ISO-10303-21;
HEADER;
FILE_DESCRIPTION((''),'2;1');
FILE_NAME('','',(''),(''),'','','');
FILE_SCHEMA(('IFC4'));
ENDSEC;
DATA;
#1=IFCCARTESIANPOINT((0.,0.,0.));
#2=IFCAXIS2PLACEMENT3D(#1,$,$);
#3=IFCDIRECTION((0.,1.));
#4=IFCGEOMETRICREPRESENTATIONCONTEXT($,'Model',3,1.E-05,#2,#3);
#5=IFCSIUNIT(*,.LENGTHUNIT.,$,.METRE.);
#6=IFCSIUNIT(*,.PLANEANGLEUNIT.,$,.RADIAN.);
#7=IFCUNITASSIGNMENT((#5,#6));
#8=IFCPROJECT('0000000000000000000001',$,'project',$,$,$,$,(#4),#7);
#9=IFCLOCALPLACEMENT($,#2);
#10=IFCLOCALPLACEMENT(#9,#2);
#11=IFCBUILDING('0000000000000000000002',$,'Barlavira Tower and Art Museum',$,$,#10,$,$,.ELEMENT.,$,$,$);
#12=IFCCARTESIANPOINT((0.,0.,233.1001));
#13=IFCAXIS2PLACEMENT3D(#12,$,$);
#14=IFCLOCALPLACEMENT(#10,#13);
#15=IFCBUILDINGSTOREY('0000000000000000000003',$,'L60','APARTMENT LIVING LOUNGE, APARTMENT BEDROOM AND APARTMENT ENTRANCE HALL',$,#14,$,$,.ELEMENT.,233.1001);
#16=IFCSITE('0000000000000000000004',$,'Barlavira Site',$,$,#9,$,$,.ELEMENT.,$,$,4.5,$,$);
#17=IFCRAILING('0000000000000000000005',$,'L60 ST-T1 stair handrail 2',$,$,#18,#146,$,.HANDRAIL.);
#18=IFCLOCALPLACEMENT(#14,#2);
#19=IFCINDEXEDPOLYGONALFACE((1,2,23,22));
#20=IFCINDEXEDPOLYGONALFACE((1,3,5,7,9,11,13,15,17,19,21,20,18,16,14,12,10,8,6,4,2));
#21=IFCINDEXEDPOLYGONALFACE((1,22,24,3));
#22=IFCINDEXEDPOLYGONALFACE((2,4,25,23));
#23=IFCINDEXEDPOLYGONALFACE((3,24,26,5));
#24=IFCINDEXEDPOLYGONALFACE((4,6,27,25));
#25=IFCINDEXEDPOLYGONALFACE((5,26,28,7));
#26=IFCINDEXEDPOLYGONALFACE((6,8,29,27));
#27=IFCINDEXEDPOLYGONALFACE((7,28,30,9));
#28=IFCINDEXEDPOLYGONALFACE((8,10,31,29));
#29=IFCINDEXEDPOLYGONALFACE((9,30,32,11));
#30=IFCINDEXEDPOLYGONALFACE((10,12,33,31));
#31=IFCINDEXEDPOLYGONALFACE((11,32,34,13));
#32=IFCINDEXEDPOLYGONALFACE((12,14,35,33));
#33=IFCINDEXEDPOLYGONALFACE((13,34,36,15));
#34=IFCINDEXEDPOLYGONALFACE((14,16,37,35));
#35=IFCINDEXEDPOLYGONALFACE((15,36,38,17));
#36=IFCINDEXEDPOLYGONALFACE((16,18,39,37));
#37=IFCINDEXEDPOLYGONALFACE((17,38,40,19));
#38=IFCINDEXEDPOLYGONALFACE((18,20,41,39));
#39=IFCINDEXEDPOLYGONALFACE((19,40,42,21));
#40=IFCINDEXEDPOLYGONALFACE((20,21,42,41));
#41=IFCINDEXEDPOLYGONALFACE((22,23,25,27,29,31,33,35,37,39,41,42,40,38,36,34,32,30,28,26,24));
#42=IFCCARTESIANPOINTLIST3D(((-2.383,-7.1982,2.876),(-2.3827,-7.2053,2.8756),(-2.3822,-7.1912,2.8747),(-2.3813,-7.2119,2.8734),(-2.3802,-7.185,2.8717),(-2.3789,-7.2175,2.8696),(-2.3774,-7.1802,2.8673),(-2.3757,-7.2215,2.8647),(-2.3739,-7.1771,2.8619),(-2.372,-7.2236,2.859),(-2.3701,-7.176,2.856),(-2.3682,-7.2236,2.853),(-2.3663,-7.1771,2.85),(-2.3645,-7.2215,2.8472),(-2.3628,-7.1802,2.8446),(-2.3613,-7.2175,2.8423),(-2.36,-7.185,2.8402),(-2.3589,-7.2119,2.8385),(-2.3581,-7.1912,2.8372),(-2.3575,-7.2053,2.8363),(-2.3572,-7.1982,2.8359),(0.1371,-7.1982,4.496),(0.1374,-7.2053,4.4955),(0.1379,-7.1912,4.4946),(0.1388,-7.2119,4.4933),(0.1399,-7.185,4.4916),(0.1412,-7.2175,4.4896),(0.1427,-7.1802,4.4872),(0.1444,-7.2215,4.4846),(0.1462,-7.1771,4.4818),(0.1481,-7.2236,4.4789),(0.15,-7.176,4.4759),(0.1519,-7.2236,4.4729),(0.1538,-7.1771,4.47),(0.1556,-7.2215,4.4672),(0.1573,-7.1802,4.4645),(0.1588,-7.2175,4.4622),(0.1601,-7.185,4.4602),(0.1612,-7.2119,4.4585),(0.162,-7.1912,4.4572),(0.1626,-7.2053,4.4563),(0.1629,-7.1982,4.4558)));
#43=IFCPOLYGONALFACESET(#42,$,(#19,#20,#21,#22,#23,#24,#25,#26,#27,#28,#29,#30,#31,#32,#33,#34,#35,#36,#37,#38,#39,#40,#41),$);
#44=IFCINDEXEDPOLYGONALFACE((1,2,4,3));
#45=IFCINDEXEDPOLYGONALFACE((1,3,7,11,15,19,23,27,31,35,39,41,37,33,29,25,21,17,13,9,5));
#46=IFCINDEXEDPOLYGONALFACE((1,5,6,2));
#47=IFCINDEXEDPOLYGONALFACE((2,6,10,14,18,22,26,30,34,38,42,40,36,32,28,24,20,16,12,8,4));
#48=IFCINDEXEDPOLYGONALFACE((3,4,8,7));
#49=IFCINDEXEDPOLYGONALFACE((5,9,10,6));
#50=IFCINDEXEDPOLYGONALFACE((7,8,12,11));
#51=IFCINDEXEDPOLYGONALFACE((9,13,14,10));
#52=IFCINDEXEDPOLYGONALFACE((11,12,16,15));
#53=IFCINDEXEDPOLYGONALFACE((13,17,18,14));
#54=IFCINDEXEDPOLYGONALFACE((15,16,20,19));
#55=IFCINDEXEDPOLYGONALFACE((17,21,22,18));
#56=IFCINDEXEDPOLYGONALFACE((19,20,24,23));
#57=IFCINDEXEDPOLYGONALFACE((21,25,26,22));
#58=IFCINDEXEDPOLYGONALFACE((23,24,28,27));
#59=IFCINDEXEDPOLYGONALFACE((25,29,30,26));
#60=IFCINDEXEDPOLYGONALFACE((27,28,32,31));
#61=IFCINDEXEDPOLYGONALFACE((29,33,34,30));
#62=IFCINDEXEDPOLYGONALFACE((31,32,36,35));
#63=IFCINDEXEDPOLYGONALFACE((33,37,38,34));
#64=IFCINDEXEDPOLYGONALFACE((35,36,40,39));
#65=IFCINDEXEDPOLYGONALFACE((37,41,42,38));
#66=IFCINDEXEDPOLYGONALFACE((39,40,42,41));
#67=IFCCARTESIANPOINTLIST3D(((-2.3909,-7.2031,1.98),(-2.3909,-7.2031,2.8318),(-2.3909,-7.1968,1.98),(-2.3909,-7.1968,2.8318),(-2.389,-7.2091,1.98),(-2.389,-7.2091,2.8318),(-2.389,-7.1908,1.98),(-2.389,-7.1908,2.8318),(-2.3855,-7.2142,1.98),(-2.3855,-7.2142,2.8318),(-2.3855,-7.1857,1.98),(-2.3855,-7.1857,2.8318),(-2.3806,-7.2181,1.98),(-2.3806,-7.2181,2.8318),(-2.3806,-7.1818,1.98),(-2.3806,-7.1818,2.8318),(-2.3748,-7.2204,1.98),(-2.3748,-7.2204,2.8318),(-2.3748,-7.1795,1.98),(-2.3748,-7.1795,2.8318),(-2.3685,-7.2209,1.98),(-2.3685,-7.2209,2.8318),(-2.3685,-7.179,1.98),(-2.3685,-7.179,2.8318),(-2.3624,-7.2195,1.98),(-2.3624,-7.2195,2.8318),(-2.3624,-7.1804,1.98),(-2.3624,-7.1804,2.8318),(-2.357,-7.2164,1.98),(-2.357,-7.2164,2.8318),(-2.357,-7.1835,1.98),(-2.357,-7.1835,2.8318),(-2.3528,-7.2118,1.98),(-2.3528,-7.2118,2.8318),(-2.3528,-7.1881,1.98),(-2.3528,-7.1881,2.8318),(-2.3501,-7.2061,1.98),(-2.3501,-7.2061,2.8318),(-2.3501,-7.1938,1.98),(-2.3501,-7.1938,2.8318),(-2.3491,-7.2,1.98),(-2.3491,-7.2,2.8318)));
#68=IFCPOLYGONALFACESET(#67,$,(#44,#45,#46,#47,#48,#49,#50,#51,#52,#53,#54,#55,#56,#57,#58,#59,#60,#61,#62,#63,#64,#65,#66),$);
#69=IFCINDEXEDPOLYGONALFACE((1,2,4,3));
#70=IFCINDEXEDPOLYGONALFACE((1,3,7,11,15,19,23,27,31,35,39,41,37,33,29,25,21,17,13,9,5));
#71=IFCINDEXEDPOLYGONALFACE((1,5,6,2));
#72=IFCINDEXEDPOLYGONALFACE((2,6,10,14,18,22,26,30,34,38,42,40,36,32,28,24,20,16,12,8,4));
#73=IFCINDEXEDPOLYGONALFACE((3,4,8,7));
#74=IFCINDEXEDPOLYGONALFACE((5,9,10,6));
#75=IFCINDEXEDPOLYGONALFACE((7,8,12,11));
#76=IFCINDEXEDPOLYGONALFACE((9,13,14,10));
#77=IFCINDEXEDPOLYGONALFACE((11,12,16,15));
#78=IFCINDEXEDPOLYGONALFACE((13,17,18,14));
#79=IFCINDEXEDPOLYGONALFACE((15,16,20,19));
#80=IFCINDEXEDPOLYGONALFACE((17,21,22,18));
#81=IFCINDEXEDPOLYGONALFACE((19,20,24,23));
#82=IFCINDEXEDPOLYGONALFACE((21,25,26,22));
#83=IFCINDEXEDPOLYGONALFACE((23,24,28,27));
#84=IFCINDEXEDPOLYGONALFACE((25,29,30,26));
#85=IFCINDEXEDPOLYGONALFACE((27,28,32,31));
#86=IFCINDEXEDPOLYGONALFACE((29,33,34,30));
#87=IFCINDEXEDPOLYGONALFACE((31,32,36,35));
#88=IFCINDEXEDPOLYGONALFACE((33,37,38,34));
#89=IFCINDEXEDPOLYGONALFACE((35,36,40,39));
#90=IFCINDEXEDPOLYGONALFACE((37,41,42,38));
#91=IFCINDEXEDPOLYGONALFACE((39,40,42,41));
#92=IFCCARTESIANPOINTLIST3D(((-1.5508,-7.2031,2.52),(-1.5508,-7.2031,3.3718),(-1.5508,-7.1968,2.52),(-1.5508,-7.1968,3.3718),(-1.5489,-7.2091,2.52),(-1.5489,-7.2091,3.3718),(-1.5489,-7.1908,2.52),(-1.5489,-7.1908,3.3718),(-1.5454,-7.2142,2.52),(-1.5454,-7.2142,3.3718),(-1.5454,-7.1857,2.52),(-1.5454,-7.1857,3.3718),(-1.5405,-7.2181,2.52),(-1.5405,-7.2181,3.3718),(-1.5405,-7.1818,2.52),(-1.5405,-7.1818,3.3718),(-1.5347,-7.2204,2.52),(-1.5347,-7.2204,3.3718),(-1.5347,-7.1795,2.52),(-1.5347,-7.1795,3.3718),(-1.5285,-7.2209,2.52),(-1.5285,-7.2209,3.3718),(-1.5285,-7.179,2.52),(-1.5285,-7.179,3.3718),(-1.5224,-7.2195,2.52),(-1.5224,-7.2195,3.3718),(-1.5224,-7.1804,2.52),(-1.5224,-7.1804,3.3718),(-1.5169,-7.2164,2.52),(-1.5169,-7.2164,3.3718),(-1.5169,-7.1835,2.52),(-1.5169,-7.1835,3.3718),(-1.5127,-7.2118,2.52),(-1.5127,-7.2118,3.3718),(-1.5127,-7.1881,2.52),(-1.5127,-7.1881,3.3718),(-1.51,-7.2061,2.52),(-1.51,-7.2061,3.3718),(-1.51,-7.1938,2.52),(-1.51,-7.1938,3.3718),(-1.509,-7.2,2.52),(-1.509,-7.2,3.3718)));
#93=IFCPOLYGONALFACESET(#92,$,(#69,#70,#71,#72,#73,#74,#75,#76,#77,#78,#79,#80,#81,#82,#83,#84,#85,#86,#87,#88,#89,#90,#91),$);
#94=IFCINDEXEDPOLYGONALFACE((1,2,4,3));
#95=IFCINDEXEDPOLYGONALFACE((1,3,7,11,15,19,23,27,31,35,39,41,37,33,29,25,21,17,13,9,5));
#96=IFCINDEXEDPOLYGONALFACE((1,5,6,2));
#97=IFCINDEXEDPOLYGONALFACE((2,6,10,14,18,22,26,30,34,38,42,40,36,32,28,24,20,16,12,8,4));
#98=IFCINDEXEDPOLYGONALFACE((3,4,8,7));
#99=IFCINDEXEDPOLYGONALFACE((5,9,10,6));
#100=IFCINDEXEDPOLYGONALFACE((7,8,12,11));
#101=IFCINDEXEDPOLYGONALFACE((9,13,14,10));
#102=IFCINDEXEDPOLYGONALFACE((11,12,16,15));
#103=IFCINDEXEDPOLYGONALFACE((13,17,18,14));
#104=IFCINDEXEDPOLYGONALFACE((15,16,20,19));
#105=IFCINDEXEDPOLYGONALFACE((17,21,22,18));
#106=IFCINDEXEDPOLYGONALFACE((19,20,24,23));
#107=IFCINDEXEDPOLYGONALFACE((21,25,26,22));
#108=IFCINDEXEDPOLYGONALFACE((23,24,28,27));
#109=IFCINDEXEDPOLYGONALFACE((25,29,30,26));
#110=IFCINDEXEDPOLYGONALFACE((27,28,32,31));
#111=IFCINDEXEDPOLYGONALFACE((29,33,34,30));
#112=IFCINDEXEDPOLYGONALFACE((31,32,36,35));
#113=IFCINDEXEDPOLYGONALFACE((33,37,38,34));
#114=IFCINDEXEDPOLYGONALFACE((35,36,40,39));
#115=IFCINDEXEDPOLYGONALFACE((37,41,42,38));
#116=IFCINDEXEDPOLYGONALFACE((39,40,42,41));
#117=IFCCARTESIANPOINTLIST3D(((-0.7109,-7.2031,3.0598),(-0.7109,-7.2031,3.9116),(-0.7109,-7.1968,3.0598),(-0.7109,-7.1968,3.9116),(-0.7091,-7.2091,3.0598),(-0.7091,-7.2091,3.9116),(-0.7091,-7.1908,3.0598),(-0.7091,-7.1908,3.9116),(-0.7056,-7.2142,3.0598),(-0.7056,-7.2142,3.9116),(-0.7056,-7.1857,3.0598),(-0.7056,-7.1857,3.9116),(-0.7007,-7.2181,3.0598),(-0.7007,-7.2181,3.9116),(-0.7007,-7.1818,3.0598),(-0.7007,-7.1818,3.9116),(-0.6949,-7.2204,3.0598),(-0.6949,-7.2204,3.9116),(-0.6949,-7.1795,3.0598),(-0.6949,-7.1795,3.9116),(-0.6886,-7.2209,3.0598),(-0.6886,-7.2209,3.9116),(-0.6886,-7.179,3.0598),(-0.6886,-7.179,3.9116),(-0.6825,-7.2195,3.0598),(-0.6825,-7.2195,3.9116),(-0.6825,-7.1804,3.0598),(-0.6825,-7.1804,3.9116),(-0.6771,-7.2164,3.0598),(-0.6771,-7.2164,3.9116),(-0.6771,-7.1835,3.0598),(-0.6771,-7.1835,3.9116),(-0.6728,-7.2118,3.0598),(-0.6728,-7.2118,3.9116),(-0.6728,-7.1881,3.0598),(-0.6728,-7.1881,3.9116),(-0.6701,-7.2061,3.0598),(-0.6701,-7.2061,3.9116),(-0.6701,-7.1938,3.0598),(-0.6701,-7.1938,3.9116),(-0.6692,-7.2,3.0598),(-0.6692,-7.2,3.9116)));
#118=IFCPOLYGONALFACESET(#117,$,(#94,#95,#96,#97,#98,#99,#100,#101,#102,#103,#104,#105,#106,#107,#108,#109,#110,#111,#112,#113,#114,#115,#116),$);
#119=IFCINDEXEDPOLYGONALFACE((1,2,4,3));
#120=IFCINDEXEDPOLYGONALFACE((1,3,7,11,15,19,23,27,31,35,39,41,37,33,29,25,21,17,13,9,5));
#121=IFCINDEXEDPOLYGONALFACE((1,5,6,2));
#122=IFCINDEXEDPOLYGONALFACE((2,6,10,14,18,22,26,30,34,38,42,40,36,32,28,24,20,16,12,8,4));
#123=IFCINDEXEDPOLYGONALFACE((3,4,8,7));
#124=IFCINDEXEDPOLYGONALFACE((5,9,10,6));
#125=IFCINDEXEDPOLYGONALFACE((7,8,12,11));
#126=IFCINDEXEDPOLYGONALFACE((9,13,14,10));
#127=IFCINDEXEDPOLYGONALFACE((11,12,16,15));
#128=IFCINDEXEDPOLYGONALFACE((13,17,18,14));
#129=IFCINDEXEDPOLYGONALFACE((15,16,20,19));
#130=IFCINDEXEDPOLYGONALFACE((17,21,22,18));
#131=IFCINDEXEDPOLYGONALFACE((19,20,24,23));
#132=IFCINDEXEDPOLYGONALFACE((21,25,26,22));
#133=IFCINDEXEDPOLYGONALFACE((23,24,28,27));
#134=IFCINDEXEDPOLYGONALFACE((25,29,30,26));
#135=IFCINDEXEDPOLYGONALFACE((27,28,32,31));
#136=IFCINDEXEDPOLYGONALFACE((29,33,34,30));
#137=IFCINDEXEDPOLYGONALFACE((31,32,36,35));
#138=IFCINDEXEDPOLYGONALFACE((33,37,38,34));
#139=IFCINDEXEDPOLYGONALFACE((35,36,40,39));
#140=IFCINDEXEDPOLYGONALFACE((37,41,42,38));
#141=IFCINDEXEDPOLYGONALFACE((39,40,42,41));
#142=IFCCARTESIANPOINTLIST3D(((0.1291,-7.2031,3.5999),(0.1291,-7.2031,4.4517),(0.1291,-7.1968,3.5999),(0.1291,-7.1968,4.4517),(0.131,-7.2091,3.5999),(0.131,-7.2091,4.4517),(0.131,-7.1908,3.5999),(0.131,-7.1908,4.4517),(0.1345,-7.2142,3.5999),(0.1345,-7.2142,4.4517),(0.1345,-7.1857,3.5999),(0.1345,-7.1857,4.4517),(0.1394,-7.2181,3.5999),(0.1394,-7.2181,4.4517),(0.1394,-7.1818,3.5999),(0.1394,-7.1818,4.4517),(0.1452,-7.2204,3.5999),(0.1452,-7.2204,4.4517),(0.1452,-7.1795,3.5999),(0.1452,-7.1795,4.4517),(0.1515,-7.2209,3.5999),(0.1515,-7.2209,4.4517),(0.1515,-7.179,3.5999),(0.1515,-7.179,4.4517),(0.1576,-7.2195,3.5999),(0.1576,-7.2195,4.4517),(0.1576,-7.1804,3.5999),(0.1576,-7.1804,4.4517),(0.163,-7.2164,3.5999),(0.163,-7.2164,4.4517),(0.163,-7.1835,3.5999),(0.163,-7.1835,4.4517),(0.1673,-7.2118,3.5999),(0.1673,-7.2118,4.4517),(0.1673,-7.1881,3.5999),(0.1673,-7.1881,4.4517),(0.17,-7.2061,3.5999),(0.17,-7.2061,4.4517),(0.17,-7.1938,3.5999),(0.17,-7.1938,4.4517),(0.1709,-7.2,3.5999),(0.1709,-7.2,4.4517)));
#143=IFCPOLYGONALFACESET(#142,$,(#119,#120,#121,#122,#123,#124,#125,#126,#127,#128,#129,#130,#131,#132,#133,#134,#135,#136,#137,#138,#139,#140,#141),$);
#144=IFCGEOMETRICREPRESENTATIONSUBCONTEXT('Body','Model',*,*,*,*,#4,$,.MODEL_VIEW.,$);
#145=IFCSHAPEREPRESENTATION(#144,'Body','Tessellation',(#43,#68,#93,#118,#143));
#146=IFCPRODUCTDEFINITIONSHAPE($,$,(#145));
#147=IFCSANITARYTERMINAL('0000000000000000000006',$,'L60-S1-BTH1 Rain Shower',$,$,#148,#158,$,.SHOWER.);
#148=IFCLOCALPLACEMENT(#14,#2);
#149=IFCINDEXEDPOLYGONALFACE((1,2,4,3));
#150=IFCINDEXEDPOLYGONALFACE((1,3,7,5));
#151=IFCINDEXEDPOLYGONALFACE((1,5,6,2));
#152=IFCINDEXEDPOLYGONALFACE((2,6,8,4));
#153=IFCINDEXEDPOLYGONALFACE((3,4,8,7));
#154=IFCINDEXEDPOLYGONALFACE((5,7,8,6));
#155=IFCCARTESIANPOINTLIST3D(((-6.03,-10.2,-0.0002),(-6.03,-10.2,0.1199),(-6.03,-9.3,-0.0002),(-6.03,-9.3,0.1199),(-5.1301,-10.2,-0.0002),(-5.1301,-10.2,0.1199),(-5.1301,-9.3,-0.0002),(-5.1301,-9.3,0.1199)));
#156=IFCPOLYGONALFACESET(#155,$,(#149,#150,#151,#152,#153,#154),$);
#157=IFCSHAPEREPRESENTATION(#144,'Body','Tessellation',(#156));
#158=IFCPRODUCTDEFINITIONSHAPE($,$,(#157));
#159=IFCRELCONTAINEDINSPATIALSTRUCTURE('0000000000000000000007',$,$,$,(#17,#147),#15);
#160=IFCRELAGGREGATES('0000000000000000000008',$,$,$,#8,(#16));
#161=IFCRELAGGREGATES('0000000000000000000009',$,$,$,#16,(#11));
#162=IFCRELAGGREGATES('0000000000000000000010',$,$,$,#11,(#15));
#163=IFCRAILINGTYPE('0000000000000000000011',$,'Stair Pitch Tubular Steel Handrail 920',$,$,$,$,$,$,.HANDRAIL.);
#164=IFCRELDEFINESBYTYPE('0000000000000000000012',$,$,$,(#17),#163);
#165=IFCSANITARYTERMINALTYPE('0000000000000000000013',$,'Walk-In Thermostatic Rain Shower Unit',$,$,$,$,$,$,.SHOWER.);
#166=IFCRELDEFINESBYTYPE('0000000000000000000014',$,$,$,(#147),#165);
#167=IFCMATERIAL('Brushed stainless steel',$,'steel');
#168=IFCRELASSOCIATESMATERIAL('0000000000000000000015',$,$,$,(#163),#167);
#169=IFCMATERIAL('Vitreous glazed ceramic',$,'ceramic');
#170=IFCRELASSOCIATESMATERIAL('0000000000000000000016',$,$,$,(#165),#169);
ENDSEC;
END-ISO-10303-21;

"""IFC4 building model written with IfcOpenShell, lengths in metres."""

from ifc_helpers import new_model, si_unit, direction, frame, origin, origin_2d, place, context, subcontext, project, spatial, rectangle, circle, extrude, material, type_object, element, save


model = new_model("IFC4")

# Units and contexts
model_context = context("Model", 3, precision=1e-05, world=origin(), true_north=direction((0.0, 1.0)))
body_context = subcontext(model_context, "Body", "Model", "MODEL_VIEW")
ifc_project = project(units=[si_unit("LENGTHUNIT", "METRE"), si_unit("PLANEANGLEUNIT", "RADIAN")], contexts=[model_context])

# Site, building, storey
site_placement = place(None, origin())
site = spatial("IfcSite", under=ifc_project, at=site_placement, Name="Barlavira Site", CompositionType="ELEMENT", RefElevation=4.5)
building_placement = place(site_placement, origin())
building = spatial("IfcBuilding", under=site, at=building_placement, Name="Barlavira Tower and Art Museum", CompositionType="ELEMENT")
storey_placement = place(building_placement, frame((0.0, 0.0, 233.1001)))
storey = spatial("IfcBuildingStorey", under=building, at=storey_placement, Name="L60", Description="APARTMENT LIVING LOUNGE, APARTMENT BEDROOM AND APARTMENT ENTRANCE HALL", CompositionType="ELEMENT", Elevation=233.1001)

# Shared definitions
ifc_material_1 = material(Name="Brushed stainless steel", Category="steel")

# Railing
railing_type_1 = type_object("IfcRailingType", Name="Stair Pitch Tubular Steel Handrail 920", PredefinedType="HANDRAIL", material=ifc_material_1)
railing_1_placement = place(storey_placement, frame((-2.3701, -7.2, 1.98)))
element("IfcRailing", 1, at=railing_1_placement, inside=storey, type_object=railing_type_1, Name="L60 ST-T1 stair handrail 2", PredefinedType="HANDRAIL", context=body_context, shape_type="SweptSolid", body=[
    extrude(circle(Radius=0.0239, at=origin_2d()), frame((0.0, 0.0, 0.876), z_axis=(0.8412, 0.0, 0.540725), x_axis=(0.0, 1.0, 0.0)), (0.0, 0.0, 1.0), 2.9958),
    extrude(circle(Radius=0.021, at=origin_2d()), origin(), (0.0, 0.0, 1.0), 0.8518),
    extrude(circle(Radius=0.021, at=origin_2d()), frame((0.8401, 0.0, 0.54)), (0.0, 0.0, 1.0), 0.8518),
    extrude(circle(Radius=0.021, at=origin_2d()), frame((1.6799, 0.0, 1.0798)), (0.0, 0.0, 1.0), 0.8518),
    extrude(circle(Radius=0.021, at=origin_2d()), frame((2.52, 0.0, 1.6199)), (0.0, 0.0, 1.0), 0.8518),
])

# Sanitary terminal
ifc_material_2 = material(Name="Vitreous glazed ceramic", Category="ceramic")
sanitary_terminal_type = type_object("IfcSanitaryTerminalType", Name="Walk-In Thermostatic Rain Shower Unit", PredefinedType="SHOWER", material=ifc_material_2)
sanitary_terminal_placement = place(storey_placement, frame((-5.5801, -9.75, -0.0002), z_axis=(0.0, 0.0, 1.0), x_axis=(1.0, 0.0, 0.0)))
element("IfcSanitaryTerminal", 2, at=sanitary_terminal_placement, inside=storey, type_object=sanitary_terminal_type, Name="L60-S1-BTH1 Rain Shower", PredefinedType="SHOWER", context=body_context, shape_type="SweptSolid", body=[
    extrude(rectangle(XDim=0.8999, YDim=0.8999, at=origin_2d()), origin(), (0.0, 0.0, 1.0), 0.1201),
])

save(model, "model.ifc")
